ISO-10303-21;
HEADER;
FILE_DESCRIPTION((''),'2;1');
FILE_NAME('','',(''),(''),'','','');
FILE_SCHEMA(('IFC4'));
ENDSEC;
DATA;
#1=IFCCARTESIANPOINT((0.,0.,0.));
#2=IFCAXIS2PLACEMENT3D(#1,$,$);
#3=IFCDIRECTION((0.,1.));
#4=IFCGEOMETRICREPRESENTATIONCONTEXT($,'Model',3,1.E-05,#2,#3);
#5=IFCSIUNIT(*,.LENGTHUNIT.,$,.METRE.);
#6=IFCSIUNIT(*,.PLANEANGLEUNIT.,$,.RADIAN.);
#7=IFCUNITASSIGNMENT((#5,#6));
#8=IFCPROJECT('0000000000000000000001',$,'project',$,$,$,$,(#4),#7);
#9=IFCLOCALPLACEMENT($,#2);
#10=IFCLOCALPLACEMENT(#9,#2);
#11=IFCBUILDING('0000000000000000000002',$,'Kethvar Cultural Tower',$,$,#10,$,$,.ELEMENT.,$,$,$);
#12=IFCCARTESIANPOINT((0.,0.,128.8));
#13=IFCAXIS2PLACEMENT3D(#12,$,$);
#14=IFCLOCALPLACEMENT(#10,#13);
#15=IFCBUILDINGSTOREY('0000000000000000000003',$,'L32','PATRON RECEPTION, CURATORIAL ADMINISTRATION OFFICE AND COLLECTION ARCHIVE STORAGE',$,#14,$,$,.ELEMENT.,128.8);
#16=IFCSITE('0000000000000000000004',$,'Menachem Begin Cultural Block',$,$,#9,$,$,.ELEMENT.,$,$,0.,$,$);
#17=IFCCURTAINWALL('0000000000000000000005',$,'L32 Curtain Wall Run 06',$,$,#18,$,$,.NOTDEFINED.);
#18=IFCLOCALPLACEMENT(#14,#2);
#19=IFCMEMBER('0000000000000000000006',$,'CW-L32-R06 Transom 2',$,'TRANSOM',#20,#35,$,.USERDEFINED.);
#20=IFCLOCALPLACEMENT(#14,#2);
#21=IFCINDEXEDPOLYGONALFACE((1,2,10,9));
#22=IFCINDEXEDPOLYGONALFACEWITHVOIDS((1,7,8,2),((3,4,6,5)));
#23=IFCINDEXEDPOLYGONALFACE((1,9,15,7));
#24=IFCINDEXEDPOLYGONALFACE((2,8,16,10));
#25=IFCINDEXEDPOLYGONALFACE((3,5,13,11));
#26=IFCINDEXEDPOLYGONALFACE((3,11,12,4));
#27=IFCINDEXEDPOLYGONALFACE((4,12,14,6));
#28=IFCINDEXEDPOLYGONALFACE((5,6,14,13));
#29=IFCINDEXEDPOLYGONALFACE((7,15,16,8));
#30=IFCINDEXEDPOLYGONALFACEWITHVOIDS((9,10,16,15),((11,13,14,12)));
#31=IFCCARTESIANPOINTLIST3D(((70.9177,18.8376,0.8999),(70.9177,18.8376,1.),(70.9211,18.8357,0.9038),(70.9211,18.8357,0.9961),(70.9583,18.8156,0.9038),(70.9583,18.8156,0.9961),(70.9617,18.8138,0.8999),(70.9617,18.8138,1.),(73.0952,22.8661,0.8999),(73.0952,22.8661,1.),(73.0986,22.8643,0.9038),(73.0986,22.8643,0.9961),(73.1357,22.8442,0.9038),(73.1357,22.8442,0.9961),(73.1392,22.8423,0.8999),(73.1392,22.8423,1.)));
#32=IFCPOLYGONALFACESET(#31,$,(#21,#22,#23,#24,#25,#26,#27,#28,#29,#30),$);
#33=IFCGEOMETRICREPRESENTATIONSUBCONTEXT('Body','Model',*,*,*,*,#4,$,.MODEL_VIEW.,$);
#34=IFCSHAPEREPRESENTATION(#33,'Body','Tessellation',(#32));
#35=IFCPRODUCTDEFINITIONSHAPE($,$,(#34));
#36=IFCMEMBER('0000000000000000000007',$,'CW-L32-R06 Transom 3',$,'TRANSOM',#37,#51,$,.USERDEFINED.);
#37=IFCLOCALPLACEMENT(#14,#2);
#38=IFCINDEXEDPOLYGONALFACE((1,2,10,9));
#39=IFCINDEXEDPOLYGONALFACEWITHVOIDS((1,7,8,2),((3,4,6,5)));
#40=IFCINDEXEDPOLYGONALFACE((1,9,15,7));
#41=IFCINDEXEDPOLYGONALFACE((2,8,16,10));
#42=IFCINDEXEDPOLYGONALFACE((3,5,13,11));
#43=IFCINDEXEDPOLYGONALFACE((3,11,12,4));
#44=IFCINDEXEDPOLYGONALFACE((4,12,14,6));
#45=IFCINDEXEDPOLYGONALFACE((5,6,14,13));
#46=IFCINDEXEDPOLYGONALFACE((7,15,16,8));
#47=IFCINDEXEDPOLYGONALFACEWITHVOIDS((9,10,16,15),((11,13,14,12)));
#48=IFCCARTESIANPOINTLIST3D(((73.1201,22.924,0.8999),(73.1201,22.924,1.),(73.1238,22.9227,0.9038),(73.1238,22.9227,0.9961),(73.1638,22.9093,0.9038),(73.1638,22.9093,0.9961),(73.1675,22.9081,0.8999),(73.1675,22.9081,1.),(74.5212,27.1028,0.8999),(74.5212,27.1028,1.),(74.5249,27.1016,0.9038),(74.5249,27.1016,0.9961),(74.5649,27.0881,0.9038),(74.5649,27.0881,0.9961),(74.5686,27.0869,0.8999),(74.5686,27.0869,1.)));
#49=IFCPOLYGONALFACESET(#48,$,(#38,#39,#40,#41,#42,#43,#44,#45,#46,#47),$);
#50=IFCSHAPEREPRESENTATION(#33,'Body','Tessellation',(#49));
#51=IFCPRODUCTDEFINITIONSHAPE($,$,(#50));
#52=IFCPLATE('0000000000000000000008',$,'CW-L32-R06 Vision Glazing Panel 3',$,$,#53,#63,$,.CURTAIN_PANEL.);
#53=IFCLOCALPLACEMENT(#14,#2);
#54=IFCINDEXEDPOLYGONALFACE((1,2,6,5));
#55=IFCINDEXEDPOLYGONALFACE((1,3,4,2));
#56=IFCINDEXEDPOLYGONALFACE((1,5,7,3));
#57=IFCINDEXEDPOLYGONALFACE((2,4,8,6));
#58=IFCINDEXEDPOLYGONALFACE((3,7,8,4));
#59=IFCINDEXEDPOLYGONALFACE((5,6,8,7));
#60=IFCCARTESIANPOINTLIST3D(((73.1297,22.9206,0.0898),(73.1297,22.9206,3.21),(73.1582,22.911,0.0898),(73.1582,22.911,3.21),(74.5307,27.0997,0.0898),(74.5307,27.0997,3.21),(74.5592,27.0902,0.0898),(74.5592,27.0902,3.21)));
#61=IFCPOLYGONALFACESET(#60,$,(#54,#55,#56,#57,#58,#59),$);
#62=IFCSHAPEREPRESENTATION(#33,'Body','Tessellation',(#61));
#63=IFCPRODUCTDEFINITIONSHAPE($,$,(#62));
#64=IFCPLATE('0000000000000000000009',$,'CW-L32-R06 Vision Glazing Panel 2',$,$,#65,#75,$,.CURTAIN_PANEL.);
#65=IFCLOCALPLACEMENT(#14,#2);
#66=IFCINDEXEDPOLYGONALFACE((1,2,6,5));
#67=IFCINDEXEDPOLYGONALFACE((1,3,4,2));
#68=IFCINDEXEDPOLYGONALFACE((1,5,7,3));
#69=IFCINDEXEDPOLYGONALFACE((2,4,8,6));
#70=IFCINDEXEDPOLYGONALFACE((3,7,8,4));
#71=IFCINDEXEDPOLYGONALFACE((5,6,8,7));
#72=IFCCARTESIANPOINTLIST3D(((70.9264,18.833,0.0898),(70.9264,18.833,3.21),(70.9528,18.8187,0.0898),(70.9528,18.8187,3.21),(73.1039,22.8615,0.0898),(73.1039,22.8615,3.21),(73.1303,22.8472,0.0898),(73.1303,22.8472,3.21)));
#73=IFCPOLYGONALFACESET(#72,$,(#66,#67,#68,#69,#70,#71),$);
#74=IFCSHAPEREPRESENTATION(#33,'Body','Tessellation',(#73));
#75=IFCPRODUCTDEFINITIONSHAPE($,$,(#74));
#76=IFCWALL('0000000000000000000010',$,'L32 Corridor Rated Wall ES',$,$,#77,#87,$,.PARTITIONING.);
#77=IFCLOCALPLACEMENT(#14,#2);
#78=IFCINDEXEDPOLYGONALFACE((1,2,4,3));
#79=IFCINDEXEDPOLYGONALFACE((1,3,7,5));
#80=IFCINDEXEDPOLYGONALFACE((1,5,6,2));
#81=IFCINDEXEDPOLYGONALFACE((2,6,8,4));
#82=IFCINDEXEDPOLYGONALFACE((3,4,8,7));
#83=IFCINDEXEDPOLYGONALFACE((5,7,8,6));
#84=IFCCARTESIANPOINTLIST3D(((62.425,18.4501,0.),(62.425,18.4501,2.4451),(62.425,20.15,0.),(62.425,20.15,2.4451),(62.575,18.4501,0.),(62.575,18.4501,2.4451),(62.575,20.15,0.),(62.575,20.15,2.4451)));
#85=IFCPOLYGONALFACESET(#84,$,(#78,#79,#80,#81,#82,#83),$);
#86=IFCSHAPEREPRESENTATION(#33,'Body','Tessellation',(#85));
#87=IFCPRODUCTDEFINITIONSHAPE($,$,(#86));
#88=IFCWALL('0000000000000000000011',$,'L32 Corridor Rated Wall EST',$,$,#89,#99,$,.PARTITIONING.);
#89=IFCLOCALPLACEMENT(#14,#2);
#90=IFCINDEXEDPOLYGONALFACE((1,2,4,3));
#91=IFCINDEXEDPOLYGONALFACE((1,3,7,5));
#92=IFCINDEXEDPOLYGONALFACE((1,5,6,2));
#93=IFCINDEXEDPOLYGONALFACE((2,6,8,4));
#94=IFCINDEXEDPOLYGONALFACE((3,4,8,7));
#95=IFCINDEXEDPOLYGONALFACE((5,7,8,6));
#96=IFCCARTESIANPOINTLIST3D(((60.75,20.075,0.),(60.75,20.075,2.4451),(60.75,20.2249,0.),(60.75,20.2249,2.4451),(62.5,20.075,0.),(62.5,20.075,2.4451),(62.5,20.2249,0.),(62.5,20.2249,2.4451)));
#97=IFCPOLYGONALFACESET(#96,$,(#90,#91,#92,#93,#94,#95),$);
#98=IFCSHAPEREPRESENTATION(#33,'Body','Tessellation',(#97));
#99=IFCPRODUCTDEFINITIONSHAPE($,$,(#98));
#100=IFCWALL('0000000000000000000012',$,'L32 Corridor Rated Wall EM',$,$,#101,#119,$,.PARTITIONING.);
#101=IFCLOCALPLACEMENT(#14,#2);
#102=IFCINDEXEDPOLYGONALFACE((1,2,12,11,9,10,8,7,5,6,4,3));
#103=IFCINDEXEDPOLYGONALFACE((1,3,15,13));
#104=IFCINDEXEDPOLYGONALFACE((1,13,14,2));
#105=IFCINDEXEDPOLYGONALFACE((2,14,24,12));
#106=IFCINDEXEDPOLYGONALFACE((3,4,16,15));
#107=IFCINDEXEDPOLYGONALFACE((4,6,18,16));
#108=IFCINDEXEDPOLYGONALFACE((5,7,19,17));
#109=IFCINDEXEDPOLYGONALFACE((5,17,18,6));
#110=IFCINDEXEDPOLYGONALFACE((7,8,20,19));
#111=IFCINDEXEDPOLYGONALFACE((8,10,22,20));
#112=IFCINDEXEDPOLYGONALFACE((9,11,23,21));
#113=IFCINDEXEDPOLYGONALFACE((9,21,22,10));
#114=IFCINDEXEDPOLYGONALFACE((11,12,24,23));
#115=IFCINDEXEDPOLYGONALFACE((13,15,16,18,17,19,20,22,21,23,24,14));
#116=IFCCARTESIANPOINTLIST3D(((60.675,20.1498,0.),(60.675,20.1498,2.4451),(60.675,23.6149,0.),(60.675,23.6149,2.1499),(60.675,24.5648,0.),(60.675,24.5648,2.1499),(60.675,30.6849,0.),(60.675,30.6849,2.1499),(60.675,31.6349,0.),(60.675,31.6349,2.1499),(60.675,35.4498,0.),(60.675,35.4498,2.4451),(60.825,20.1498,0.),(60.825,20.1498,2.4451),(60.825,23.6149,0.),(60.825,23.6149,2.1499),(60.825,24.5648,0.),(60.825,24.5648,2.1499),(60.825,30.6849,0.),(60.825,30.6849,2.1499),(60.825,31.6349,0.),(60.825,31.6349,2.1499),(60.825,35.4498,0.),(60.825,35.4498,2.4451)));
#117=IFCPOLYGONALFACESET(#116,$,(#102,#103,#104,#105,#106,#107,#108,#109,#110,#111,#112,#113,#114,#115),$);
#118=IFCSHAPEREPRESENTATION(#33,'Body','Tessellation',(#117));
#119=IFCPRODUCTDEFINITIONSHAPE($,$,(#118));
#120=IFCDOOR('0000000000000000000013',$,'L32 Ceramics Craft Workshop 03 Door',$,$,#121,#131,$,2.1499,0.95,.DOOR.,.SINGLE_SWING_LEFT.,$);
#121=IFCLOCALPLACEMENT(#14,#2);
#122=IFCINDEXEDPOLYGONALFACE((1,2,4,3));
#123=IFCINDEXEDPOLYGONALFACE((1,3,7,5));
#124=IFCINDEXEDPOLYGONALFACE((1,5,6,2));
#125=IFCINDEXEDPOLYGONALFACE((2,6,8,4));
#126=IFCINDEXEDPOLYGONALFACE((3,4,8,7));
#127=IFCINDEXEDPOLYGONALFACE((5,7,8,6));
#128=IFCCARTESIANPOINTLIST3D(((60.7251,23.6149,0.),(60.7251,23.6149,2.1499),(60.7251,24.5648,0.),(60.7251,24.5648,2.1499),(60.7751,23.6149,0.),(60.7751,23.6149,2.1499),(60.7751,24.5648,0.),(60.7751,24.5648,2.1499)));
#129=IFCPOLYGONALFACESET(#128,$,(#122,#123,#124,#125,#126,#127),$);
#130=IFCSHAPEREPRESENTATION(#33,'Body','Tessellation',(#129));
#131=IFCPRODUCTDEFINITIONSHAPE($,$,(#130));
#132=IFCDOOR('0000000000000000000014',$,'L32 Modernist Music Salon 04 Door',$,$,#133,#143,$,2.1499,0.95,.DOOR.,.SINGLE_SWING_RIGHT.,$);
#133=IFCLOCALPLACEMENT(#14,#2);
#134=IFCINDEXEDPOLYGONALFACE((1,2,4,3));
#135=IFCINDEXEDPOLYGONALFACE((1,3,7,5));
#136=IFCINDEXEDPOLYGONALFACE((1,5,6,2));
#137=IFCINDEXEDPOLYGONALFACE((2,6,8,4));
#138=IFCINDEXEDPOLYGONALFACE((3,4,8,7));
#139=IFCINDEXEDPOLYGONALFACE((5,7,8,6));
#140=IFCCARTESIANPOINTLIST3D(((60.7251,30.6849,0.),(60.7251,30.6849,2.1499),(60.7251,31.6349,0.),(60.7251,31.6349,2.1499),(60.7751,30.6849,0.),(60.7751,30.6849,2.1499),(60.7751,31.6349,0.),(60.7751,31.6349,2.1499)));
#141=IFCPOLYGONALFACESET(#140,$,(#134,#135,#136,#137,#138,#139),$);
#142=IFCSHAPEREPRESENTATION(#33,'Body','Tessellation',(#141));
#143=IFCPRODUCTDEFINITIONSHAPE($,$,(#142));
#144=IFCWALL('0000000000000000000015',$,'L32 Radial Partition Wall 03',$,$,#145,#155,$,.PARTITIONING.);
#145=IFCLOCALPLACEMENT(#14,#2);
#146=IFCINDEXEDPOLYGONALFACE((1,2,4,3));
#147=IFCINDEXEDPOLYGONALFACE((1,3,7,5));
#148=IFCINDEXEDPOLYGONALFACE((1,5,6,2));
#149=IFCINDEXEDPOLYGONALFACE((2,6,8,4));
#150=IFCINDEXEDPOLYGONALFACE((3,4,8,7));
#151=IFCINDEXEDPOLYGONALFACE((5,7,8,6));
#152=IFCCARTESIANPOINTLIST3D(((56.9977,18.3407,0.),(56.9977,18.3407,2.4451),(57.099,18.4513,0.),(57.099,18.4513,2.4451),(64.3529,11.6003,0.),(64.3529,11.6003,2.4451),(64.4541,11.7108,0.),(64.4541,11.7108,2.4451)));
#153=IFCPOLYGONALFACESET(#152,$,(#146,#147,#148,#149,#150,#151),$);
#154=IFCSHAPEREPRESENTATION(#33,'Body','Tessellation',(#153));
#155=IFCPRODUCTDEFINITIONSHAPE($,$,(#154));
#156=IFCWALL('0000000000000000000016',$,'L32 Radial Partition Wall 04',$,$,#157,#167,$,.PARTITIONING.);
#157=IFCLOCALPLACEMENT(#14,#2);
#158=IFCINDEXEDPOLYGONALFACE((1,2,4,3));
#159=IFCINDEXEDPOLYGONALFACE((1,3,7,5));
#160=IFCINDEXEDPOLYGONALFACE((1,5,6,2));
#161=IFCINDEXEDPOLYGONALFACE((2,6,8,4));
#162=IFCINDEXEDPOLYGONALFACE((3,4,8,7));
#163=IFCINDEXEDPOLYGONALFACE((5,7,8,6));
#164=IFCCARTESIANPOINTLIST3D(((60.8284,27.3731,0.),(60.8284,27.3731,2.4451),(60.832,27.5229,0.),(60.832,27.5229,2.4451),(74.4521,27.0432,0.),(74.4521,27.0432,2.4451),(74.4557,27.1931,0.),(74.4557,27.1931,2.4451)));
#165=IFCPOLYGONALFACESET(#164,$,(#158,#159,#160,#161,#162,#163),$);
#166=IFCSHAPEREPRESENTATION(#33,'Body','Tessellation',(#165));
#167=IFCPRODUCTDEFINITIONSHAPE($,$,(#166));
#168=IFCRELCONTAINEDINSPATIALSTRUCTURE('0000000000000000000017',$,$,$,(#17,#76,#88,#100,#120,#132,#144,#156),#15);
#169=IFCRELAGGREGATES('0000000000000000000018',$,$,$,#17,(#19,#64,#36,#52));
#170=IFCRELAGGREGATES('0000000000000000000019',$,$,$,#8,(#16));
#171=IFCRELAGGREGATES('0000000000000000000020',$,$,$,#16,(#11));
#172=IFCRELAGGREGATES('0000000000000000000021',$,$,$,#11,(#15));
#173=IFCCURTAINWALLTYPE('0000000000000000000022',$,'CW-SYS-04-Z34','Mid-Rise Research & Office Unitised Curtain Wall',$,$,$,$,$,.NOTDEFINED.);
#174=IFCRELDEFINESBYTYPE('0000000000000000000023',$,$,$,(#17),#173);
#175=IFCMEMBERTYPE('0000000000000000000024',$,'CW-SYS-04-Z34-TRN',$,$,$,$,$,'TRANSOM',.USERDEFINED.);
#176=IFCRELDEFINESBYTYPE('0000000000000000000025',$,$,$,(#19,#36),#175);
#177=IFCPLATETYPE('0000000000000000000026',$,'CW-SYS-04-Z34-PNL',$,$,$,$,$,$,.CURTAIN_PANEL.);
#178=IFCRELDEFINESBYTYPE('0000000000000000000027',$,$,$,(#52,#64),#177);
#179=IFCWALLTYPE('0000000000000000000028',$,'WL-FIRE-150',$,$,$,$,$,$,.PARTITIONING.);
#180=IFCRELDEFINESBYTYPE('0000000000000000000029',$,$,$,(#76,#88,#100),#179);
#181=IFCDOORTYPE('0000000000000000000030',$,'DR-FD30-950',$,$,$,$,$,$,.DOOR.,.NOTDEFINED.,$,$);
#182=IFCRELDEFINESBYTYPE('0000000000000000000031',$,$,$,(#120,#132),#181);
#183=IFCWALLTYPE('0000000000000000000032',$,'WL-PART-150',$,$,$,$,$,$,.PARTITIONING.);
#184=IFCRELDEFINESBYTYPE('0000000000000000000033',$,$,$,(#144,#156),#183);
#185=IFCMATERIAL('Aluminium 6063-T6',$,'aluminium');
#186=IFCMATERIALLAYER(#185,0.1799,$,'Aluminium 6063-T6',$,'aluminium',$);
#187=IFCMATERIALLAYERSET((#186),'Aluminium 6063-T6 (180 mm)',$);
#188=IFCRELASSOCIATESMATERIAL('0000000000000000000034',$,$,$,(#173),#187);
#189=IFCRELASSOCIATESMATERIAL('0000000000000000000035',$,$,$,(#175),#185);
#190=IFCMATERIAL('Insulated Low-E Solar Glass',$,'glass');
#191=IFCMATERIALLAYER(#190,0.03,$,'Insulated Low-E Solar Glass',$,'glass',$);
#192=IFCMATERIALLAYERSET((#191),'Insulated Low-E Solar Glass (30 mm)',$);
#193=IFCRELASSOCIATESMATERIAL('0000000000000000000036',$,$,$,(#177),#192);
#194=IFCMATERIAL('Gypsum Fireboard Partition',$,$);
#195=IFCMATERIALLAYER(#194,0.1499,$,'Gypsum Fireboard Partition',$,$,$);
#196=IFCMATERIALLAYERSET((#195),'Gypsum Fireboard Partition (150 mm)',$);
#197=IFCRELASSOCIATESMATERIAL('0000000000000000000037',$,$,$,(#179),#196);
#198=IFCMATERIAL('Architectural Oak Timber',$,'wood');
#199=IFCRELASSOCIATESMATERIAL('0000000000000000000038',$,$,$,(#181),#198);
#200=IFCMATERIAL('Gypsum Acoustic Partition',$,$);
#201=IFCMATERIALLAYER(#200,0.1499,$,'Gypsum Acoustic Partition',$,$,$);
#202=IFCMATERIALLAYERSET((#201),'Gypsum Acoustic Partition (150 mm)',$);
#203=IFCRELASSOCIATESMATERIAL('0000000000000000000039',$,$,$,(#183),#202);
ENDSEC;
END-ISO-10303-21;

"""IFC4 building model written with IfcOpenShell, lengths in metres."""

from ifc_helpers import new_model, si_unit, direction, frame, frame_2d, origin, origin_2d, place, context, subcontext, project, spatial, rectangle, hollow_rectangle, extrude, source, transform, mapped, material, layer, layer_set, material_profile, profile_set, type_object, element, fill, aggregate, save


model = new_model("IFC4")

# Units and contexts
model_context = context("Model", 3, precision=1e-05, world=origin(), true_north=direction((0.0, 1.0)))
body_context = subcontext(model_context, "Body", "Model", "MODEL_VIEW")
ifc_project = project(units=[si_unit("LENGTHUNIT", "METRE"), si_unit("PLANEANGLEUNIT", "RADIAN")], contexts=[model_context])

# Site, building, storey
site_placement = place(None, origin())
site = spatial("IfcSite", under=ifc_project, at=site_placement, Name="Menachem Begin Cultural Block", CompositionType="ELEMENT", RefElevation=0.0)
building_placement = place(site_placement, origin())
building = spatial("IfcBuilding", under=site, at=building_placement, Name="Kethvar Cultural Tower", CompositionType="ELEMENT")
storey_placement = place(building_placement, frame((0.0, 0.0, 128.8)))
storey = spatial("IfcBuildingStorey", under=building, at=storey_placement, Name="L32", Description="PATRON RECEPTION, CURATORIAL ADMINISTRATION OFFICE AND COLLECTION ARCHIVE STORAGE", CompositionType="ELEMENT", Elevation=128.8)

# Curtain wall, members, plates
ifc_material_1 = material(Name="Aluminium 6063-T6", Category="aluminium")
ifc_layer_1 = layer(ifc_material_1, 0.1799, Name="Aluminium 6063-T6", Category="aluminium")
ifc_layer_set_1 = layer_set([ifc_layer_1], Name="Aluminium 6063-T6 (180 mm)")
curtain_wall_type = type_object("IfcCurtainWallType", Name="CW-SYS-04-Z34", Description="Mid-Rise Research & Office Unitised Curtain Wall", PredefinedType="NOTDEFINED", material=ifc_layer_set_1)
curtain_wall_placement = place(storey_placement, origin())
curtain_wall = element("IfcCurtainWall", 1, at=curtain_wall_placement, inside=storey, type_object=curtain_wall_type, Name="L32 Curtain Wall Run 06", PredefinedType="NOTDEFINED")
ifc_material_profile_1 = material_profile(ifc_material_1, hollow_rectangle(XDim=0.05, YDim=0.1001, WallThickness=0.0039, at=origin_2d()), Name="Aluminium 6063-T6 — RHS100x50x4")
ifc_profile_set_1 = profile_set([ifc_material_profile_1], Name="Aluminium 6063-T6 — RHS100x50x4")
member_type_1 = type_object("IfcMemberType", Name="CW-SYS-04-Z34-TRN", ElementType="TRANSOM", PredefinedType="USERDEFINED", material=ifc_profile_set_1)
shared_shape_1 = source(origin(), body_context, "Body", "SweptSolid", [
    extrude(hollow_rectangle(XDim=0.05, YDim=0.1001, WallThickness=0.0039, at=origin_2d()), origin(), (0.0, 0.0, 1.0), 4.5793),
])
member_1_placement = place(storey_placement, frame((70.9397, 18.8257, 0.95), z_axis=(0.475498, 0.879717, 0.0), x_axis=(-0.879717, 0.475498, 0.0)))
member_1 = element("IfcMember", 2, at=member_1_placement, type_object=member_type_1, Name="CW-L32-R06 Transom 2", ObjectType="TRANSOM", PredefinedType="USERDEFINED", context=body_context, shape_type="MappedRepresentation", body=[
    mapped(shared_shape_1, transform((0.0, 0.0, 0.0), scale=1.0)),
])
shared_shape_2 = source(origin(), body_context, "Body", "SweptSolid", [
    extrude(hollow_rectangle(XDim=0.05, YDim=0.1001, WallThickness=0.0039, at=origin_2d()), origin(), (0.0, 0.0, 1.0), 4.4075),
])
member_2_placement = place(storey_placement, frame((73.1438, 22.916, 0.95), z_axis=(0.317889, 0.948128, 0.0), x_axis=(-0.948128, 0.317889, 0.0)))
member_2 = element("IfcMember", 3, at=member_2_placement, type_object=member_type_1, Name="CW-L32-R06 Transom 3", ObjectType="TRANSOM", PredefinedType="USERDEFINED", context=body_context, shape_type="MappedRepresentation", body=[
    mapped(shared_shape_2, transform((0.0, 0.0, 0.0), scale=1.0)),
])
ifc_material_2 = material(Name="Insulated Low-E Solar Glass", Category="glass")
ifc_layer_2 = layer(ifc_material_2, 0.03, Name="Insulated Low-E Solar Glass", Category="glass")
ifc_layer_set_2 = layer_set([ifc_layer_2], Name="Insulated Low-E Solar Glass (30 mm)")
plate_type = type_object("IfcPlateType", Name="CW-SYS-04-Z34-PNL", PredefinedType="CURTAIN_PANEL", material=ifc_layer_set_2)
shared_shape_3 = source(origin(), body_context, "Body", "SweptSolid", [
    extrude(rectangle(XDim=4.4077, YDim=0.03, at=origin_2d()), origin(), (0.0, 0.0, 1.0), 3.1201),
])
plate_1_placement = place(storey_placement, frame((73.8445, 25.0054, 0.0898), z_axis=(0.0, 0.0, 1.0), x_axis=(0.317851, 0.948141, 0.0)))
plate_1 = element("IfcPlate", 4, at=plate_1_placement, type_object=plate_type, Name="CW-L32-R06 Vision Glazing Panel 3", PredefinedType="CURTAIN_PANEL", context=body_context, shape_type="MappedRepresentation", body=[
    mapped(shared_shape_3, transform((0.0, 0.0, 0.0), scale=1.0)),
])
shared_shape_4 = source(origin(), body_context, "Body", "SweptSolid", [
    extrude(rectangle(XDim=4.5793, YDim=0.03, at=origin_2d()), origin(), (0.0, 0.0, 1.0), 3.1201),
])
plate_2_placement = place(storey_placement, frame((72.0283, 20.8401, 0.0898), z_axis=(0.0, 0.0, 1.0), x_axis=(0.475501, 0.879715, 0.0)))
plate_2 = element("IfcPlate", 5, at=plate_2_placement, type_object=plate_type, Name="CW-L32-R06 Vision Glazing Panel 2", PredefinedType="CURTAIN_PANEL", context=body_context, shape_type="MappedRepresentation", body=[
    mapped(shared_shape_4, transform((0.0, 0.0, 0.0), scale=1.0)),
])
aggregate(curtain_wall, [member_1, plate_2, member_2, plate_1])

# Walls
ifc_material_3 = material(Name="Gypsum Fireboard Partition")
ifc_layer_3 = layer(ifc_material_3, 0.1499, Name="Gypsum Fireboard Partition")
ifc_layer_set_3 = layer_set([ifc_layer_3], Name="Gypsum Fireboard Partition (150 mm)")
wall_type_1 = type_object("IfcWallType", Name="WL-FIRE-150", PredefinedType="PARTITIONING", material=ifc_layer_set_3)
wall_1_placement = place(storey_placement, frame((62.5, 18.45, 0.0), z_axis=(0.0, 0.0, 1.0), x_axis=(0.0, 1.0, 0.0)))
element("IfcWall", 6, at=wall_1_placement, inside=storey, type_object=wall_type_1, Name="L32 Corridor Rated Wall ES", PredefinedType="PARTITIONING", context=body_context, shape_type="SweptSolid", body=[
    extrude(rectangle(XDim=1.7, YDim=0.1499, at=frame_2d((0.8501, 0.0))), origin(), (0.0, 0.0, 1.0), 2.4451),
])
wall_2_placement = place(storey_placement, frame((62.5, 20.1499, 0.0), z_axis=(0.0, 0.0, 1.0), x_axis=(-1.0, 0.0, 0.0)))
element("IfcWall", 7, at=wall_2_placement, inside=storey, type_object=wall_type_1, Name="L32 Corridor Rated Wall EST", PredefinedType="PARTITIONING", context=body_context, shape_type="SweptSolid", body=[
    extrude(rectangle(XDim=1.75, YDim=0.1499, at=frame_2d((0.875, 0.0))), origin(), (0.0, 0.0, 1.0), 2.4451),
])

# Wall, openings, doors
wall_3_placement = place(storey_placement, frame((60.75, 20.1499, 0.0), z_axis=(0.0, 0.0, 1.0), x_axis=(0.0, 1.0, 0.0)))
wall_3 = element("IfcWall", 8, at=wall_3_placement, inside=storey, type_object=wall_type_1, Name="L32 Corridor Rated Wall EM", PredefinedType="PARTITIONING", context=body_context, shape_type="SweptSolid", body=[
    extrude(rectangle(XDim=15.3, YDim=0.1499, at=frame_2d((7.6499, 0.0))), origin(), (0.0, 0.0, 1.0), 2.4451),
])
opening_1_placement = place(wall_3_placement, frame((3.4648, 0.0, 0.0)))
opening_1 = element("IfcOpeningElement", 9, at=opening_1_placement, cuts=wall_3, PredefinedType="OPENING", context=body_context, shape_type="SweptSolid", body=[
    extrude(rectangle(XDim=0.95, YDim=2.1499, at=frame_2d((0.4751, 1.075))), frame((0.0, 0.085, 0.0), z_axis=(0.0, -1.0, 0.0), x_axis=(1.0, 0.0, 0.0)), (0.0, 0.0, 1.0), 0.1699),
])
opening_2_placement = place(wall_3_placement, frame((10.5349, 0.0, 0.0)))
opening_2 = element("IfcOpeningElement", 10, at=opening_2_placement, cuts=wall_3, PredefinedType="OPENING", context=body_context, shape_type="SweptSolid", body=[
    extrude(rectangle(XDim=0.95, YDim=2.1499, at=frame_2d((0.4751, 1.075))), frame((0.0, 0.085, 0.0), z_axis=(0.0, -1.0, 0.0), x_axis=(1.0, 0.0, 0.0)), (0.0, 0.0, 1.0), 0.1699),
])
ifc_material_4 = material(Name="Architectural Oak Timber", Category="wood")
door_type_1 = type_object("IfcDoorType", Name="DR-FD30-950", OperationType="NOTDEFINED", PredefinedType="DOOR", material=ifc_material_4)
shared_shape_5 = source(origin(), body_context, "Body", "SweptSolid", [
    extrude(rectangle(XDim=0.95, YDim=2.1499, at=frame_2d((0.4751, 1.075))), frame((0.0, 0.0249, 0.0), z_axis=(0.0, -1.0, 0.0), x_axis=(1.0, 0.0, 0.0)), (0.0, 0.0, 1.0), 0.05),
])
door_1_placement = place(opening_1_placement, origin())
door_1 = element("IfcDoor", 11, at=door_1_placement, inside=storey, type_object=door_type_1, Name="L32 Ceramics Craft Workshop 03 Door", OperationType="SINGLE_SWING_LEFT", OverallHeight=2.1499, OverallWidth=0.95, PredefinedType="DOOR", context=body_context, shape_type="MappedRepresentation", body=[
    mapped(shared_shape_5, transform((0.0, 0.0, 0.0), scale=1.0)),
])
fill(opening_1, door_1)
door_2_placement = place(opening_2_placement, origin())
door_2 = element("IfcDoor", 12, at=door_2_placement, inside=storey, type_object=door_type_1, Name="L32 Modernist Music Salon 04 Door", OperationType="SINGLE_SWING_RIGHT", OverallHeight=2.1499, OverallWidth=0.95, PredefinedType="DOOR", context=body_context, shape_type="MappedRepresentation", body=[
    mapped(shared_shape_5, transform((0.0, 0.0, 0.0), scale=1.0)),
])
fill(opening_2, door_2)

# Walls
ifc_material_5 = material(Name="Gypsum Acoustic Partition")
ifc_layer_4 = layer(ifc_material_5, 0.1499, Name="Gypsum Acoustic Partition")
ifc_layer_set_4 = layer_set([ifc_layer_4], Name="Gypsum Acoustic Partition (150 mm)")
wall_type_2 = type_object("IfcWallType", Name="WL-PART-150", PredefinedType="PARTITIONING", material=ifc_layer_set_4)
wall_4_placement = place(storey_placement, frame((57.0483, 18.396, 0.0), z_axis=(0.0, 0.0, 1.0), x_axis=(0.737245, -0.675626, 0.0)))
element("IfcWall", 13, at=wall_4_placement, inside=storey, type_object=wall_type_2, Name="L32 Radial Partition Wall 03", PredefinedType="PARTITIONING", context=body_context, shape_type="SweptSolid", body=[
    extrude(rectangle(XDim=9.9766, YDim=0.1499, at=frame_2d((4.9883, 0.0))), origin(), (0.0, 0.0, 1.0), 2.4451),
])
wall_5_placement = place(storey_placement, frame((60.8301, 27.448, 0.0), z_axis=(0.0, 0.0, 1.0), x_axis=(0.999707, -0.024203, 0.0)))
element("IfcWall", 14, at=wall_5_placement, inside=storey, type_object=wall_type_2, Name="L32 Radial Partition Wall 04", PredefinedType="PARTITIONING", context=body_context, shape_type="SweptSolid", body=[
    extrude(rectangle(XDim=13.6277, YDim=0.1499, at=frame_2d((6.814, 0.0))), origin(), (0.0, 0.0, 1.0), 2.4451),
])

save(model, "model.ifc")
